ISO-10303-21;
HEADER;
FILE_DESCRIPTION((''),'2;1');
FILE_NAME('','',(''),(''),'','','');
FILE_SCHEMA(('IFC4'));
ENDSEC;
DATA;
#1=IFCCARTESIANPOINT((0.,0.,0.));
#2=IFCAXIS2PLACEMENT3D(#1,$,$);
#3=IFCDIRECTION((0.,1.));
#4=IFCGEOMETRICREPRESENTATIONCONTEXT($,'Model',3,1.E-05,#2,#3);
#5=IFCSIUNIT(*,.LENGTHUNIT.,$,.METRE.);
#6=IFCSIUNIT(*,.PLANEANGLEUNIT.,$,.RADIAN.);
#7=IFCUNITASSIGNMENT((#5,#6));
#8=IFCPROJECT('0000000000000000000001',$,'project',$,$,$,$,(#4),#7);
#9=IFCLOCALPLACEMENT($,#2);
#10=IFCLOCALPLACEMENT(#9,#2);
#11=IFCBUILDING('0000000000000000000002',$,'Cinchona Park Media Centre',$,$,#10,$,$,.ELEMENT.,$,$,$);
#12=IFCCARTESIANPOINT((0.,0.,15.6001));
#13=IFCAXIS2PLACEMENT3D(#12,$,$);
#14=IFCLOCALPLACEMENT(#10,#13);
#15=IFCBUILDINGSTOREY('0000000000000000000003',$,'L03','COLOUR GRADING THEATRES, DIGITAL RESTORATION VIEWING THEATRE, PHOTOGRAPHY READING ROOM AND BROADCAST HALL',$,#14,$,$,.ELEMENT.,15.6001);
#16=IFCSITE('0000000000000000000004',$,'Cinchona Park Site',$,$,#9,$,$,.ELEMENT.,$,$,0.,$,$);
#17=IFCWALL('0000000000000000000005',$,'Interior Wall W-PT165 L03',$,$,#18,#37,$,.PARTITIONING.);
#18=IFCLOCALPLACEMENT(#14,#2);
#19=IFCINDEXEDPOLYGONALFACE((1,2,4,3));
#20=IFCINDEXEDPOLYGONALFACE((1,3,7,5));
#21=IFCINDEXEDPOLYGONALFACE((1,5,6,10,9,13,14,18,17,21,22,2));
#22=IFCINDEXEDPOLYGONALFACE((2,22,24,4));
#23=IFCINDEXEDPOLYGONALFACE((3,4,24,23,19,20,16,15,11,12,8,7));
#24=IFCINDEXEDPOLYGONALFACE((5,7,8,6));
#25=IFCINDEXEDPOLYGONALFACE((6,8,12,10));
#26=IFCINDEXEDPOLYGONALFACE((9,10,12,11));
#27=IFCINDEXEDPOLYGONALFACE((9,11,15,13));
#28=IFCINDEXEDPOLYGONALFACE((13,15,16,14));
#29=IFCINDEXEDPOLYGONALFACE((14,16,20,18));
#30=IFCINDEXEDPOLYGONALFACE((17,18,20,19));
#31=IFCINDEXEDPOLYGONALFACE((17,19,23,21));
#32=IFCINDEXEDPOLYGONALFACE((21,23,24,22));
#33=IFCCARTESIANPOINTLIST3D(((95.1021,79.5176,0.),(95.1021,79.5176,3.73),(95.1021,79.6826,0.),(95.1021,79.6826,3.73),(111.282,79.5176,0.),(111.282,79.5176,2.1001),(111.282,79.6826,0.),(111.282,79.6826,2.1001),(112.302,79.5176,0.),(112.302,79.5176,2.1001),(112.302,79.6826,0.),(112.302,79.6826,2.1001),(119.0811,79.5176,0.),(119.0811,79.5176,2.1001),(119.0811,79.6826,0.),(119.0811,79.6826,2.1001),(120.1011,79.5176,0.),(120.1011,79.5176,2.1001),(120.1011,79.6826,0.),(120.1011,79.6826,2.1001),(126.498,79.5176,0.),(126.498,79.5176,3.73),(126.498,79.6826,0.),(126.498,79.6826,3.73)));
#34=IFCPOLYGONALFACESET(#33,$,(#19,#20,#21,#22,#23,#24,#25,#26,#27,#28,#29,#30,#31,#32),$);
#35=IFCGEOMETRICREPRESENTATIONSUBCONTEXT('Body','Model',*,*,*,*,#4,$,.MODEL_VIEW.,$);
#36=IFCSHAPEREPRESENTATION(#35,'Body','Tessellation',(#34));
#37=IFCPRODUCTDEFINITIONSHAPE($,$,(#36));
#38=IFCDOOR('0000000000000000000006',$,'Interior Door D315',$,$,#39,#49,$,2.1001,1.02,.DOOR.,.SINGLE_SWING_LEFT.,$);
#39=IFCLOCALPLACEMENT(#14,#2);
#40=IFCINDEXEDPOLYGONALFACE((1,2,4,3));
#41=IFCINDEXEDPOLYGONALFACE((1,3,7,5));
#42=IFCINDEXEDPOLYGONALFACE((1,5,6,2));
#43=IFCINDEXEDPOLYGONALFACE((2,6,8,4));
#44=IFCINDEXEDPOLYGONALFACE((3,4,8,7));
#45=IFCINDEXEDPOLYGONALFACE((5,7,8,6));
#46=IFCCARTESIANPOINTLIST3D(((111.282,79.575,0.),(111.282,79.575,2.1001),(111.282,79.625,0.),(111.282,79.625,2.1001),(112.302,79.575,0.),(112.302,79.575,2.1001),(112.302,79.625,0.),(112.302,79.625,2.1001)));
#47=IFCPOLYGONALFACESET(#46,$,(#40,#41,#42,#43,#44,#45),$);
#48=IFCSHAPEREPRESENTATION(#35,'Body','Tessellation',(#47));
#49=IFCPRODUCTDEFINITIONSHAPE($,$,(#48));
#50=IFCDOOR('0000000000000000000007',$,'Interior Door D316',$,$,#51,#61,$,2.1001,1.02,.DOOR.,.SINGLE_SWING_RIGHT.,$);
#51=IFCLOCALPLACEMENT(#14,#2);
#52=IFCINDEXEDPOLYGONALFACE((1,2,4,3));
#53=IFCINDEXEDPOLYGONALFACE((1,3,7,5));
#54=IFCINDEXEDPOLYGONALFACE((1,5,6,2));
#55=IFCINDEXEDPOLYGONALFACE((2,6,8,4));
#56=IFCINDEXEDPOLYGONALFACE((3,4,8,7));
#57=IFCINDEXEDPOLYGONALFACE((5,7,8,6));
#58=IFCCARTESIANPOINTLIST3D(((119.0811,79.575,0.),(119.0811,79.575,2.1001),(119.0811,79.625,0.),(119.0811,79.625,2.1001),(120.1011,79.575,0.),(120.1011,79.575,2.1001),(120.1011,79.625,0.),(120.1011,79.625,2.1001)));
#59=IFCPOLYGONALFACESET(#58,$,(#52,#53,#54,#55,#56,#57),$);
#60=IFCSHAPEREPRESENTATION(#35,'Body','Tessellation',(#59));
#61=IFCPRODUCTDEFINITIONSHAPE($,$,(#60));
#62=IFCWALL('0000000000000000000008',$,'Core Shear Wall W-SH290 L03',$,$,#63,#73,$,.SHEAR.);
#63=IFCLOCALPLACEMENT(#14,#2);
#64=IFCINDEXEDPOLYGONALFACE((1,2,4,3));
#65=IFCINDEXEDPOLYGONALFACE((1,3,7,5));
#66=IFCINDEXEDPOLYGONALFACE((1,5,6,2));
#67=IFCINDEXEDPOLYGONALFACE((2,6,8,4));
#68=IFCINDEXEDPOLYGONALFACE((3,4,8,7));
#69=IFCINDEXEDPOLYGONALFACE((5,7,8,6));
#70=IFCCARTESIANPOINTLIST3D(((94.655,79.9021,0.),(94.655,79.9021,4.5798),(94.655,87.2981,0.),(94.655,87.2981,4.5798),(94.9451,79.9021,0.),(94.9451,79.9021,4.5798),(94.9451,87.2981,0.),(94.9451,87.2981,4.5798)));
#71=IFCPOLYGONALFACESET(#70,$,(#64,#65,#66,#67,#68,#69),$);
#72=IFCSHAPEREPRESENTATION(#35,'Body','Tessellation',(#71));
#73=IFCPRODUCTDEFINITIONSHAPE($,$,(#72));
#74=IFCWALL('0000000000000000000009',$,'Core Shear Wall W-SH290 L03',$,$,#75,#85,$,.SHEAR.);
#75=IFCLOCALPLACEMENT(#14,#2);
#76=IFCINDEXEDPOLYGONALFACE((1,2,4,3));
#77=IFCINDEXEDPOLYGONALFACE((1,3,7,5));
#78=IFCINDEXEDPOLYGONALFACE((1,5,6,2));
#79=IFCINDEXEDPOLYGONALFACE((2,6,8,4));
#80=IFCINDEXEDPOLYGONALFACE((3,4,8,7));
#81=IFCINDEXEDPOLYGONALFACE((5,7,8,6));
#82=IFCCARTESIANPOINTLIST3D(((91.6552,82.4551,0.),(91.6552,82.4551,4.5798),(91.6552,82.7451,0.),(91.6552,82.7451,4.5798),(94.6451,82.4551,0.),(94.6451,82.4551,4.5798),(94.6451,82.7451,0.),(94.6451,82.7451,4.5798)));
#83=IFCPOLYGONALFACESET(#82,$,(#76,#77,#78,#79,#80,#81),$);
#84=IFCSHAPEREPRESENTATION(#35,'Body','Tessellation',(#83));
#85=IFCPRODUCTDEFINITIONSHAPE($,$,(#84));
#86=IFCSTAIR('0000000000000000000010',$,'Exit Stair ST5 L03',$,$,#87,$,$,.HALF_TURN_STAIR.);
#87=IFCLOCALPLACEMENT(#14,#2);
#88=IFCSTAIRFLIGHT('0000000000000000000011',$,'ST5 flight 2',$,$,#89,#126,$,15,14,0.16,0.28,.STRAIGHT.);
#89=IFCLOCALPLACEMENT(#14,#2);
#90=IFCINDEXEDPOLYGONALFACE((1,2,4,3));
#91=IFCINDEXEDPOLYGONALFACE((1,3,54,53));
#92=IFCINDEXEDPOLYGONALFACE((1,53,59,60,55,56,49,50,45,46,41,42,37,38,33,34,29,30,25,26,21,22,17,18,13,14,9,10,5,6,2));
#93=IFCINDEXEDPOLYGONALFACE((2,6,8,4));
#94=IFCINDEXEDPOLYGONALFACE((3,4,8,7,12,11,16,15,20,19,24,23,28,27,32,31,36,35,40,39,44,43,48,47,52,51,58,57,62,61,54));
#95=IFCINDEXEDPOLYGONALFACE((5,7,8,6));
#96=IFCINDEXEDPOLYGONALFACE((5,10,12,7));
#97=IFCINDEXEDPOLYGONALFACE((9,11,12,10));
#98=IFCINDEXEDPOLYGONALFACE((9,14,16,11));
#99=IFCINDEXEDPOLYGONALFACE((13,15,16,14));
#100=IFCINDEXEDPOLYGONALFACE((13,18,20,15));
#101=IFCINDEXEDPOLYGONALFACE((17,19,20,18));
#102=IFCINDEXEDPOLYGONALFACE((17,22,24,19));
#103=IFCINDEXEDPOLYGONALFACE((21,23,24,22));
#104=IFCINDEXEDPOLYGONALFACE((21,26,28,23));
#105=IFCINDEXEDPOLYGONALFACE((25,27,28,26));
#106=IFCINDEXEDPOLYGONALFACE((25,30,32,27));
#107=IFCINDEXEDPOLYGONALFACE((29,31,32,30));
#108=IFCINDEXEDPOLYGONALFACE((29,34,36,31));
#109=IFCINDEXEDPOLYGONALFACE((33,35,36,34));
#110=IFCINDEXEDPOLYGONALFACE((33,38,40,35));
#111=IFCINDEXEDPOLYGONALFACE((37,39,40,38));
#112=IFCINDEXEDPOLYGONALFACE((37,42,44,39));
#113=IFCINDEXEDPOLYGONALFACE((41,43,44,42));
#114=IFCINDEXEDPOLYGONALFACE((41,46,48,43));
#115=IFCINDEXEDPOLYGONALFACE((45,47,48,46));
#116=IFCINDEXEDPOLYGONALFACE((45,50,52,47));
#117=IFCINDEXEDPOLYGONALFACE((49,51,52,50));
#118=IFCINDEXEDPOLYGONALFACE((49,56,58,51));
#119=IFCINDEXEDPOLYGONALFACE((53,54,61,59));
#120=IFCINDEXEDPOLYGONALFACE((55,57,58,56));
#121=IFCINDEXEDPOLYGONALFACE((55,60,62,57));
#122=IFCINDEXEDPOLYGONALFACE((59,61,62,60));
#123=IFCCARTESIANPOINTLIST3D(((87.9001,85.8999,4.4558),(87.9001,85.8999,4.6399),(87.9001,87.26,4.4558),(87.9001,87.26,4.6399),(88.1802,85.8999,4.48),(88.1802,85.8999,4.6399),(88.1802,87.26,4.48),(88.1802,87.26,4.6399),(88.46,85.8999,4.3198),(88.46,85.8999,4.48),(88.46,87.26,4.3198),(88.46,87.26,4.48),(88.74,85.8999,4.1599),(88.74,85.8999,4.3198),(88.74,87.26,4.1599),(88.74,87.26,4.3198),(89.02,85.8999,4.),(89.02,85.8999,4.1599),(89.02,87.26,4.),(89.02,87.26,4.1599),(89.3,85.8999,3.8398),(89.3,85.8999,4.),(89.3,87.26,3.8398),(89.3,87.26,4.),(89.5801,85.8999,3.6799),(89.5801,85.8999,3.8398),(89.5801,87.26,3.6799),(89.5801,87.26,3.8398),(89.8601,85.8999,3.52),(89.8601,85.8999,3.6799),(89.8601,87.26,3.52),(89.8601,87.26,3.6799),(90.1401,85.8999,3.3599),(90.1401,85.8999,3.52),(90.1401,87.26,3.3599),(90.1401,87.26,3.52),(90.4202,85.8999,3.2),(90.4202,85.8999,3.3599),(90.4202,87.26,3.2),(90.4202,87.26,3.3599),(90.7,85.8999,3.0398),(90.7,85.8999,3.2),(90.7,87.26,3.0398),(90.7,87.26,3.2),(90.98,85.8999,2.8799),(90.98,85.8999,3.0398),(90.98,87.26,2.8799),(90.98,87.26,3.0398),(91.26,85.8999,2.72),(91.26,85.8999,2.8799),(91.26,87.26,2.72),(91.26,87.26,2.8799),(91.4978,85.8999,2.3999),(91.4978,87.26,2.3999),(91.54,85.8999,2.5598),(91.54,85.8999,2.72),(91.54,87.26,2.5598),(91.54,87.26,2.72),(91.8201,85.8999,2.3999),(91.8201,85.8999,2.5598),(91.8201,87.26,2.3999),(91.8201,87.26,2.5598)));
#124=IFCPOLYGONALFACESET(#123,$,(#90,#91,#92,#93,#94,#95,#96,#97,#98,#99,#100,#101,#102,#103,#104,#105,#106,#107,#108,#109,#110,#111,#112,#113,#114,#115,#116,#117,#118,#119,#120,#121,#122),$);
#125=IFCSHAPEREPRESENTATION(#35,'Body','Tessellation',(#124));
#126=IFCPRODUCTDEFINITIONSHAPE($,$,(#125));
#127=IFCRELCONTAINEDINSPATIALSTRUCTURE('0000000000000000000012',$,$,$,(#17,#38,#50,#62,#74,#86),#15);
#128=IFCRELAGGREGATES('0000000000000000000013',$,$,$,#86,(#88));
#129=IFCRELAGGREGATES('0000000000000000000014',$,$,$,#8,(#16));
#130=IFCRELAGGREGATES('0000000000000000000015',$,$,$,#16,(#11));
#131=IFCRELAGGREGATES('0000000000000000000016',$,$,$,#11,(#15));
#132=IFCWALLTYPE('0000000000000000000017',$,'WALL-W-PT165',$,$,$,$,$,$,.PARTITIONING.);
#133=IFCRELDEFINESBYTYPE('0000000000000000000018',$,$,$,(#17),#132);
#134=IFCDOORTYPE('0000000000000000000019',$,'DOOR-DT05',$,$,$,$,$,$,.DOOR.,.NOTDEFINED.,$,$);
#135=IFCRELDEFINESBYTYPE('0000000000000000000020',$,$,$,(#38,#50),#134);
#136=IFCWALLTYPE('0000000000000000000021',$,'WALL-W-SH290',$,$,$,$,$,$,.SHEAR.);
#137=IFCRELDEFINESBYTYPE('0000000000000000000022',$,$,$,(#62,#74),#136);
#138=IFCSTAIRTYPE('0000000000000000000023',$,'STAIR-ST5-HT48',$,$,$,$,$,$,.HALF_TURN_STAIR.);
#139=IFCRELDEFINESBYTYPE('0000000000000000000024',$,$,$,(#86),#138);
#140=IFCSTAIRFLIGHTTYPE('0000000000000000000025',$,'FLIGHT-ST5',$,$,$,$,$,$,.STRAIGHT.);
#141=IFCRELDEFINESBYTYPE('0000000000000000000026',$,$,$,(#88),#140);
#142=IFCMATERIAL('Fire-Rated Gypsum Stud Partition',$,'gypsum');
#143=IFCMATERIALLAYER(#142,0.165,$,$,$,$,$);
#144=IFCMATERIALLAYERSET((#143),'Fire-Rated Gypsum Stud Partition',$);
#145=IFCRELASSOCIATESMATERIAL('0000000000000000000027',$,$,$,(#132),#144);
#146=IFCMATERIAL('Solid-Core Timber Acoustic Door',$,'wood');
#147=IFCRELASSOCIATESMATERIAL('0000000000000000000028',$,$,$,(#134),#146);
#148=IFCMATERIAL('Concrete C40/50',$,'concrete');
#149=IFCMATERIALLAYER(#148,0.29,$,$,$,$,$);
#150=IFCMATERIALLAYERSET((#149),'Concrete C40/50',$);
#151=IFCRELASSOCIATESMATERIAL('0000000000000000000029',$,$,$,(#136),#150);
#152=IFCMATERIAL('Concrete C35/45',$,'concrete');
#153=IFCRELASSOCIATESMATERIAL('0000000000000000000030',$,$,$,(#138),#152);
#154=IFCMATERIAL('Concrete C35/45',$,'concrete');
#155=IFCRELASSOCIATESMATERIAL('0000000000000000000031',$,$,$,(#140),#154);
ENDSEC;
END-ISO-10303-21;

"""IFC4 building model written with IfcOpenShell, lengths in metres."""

from ifc_helpers import new_model, si_unit, direction, frame, frame_2d, origin, place, context, subcontext, project, spatial, polyline, rectangle, outline, extrude, material, layer, layer_set, type_object, element, fill, aggregate, save


model = new_model("IFC4")

# Units and contexts
model_context = context("Model", 3, precision=1e-05, world=origin(), true_north=direction((0.0, 1.0)))
body_context = subcontext(model_context, "Body", "Model", "MODEL_VIEW")
ifc_project = project(units=[si_unit("LENGTHUNIT", "METRE"), si_unit("PLANEANGLEUNIT", "RADIAN")], contexts=[model_context])

# Site, building, storey
site_placement = place(None, origin())
site = spatial("IfcSite", under=ifc_project, at=site_placement, Name="Cinchona Park Site", CompositionType="ELEMENT", RefElevation=0.0)
building_placement = place(site_placement, origin())
building = spatial("IfcBuilding", under=site, at=building_placement, Name="Cinchona Park Media Centre", CompositionType="ELEMENT")
storey_placement = place(building_placement, frame((0.0, 0.0, 15.6001)))
storey = spatial("IfcBuildingStorey", under=building, at=storey_placement, Name="L03", Description="COLOUR GRADING THEATRES, DIGITAL RESTORATION VIEWING THEATRE, PHOTOGRAPHY READING ROOM AND BROADCAST HALL", CompositionType="ELEMENT", Elevation=15.6001)

# Wall, openings, doors
ifc_material_1 = material(Name="Fire-Rated Gypsum Stud Partition", Category="gypsum")
ifc_layer_1 = layer(ifc_material_1, 0.165)
ifc_layer_set_1 = layer_set([ifc_layer_1], Name="Fire-Rated Gypsum Stud Partition")
wall_type_1 = type_object("IfcWallType", Name="WALL-W-PT165", PredefinedType="PARTITIONING", material=ifc_layer_set_1)
wall_1_placement = place(storey_placement, frame((95.1021, 79.6001, 0.0), z_axis=(0.0, 0.0, 1.0), x_axis=(1.0, 0.0, 0.0)))
wall_1 = element("IfcWall", 1, at=wall_1_placement, inside=storey, type_object=wall_type_1, Name="Interior Wall W-PT165 L03", PredefinedType="PARTITIONING", context=body_context, shape_type="SweptSolid", body=[
    extrude(rectangle(XDim=31.396, YDim=0.165, at=frame_2d((15.698, 0.0))), origin(), (0.0, 0.0, 1.0), 3.73),
])
opening_1_placement = place(wall_1_placement, frame((16.1799, 0.0, 0.0)))
opening_1 = element("IfcOpeningElement", 2, at=opening_1_placement, cuts=wall_1, PredefinedType="OPENING", context=body_context, shape_type="SweptSolid", body=[
    extrude(rectangle(XDim=1.02, YDim=2.1001, at=frame_2d((0.51, 1.05))), frame((0.0, 0.0925, 0.0), z_axis=(0.0, -1.0, 0.0), x_axis=(1.0, 0.0, 0.0)), (0.0, 0.0, 1.0), 0.1851),
])
opening_2_placement = place(wall_1_placement, frame((23.979, 0.0, 0.0)))
opening_2 = element("IfcOpeningElement", 3, at=opening_2_placement, cuts=wall_1, PredefinedType="OPENING", context=body_context, shape_type="SweptSolid", body=[
    extrude(rectangle(XDim=1.02, YDim=2.1001, at=frame_2d((0.51, 1.05))), frame((0.0, 0.0925, 0.0), z_axis=(0.0, -1.0, 0.0), x_axis=(1.0, 0.0, 0.0)), (0.0, 0.0, 1.0), 0.1851),
])
ifc_material_2 = material(Name="Solid-Core Timber Acoustic Door", Category="wood")
door_type_1 = type_object("IfcDoorType", Name="DOOR-DT05", OperationType="NOTDEFINED", PredefinedType="DOOR", material=ifc_material_2)
door_1_placement = place(opening_1_placement, origin())
door_1 = element("IfcDoor", 4, at=door_1_placement, inside=storey, type_object=door_type_1, Name="Interior Door D315", OperationType="SINGLE_SWING_LEFT", OverallHeight=2.1001, OverallWidth=1.02, PredefinedType="DOOR", context=body_context, shape_type="SweptSolid", body=[
    extrude(rectangle(XDim=1.02, YDim=2.1001, at=frame_2d((0.51, 1.05))), frame((0.0, 0.0249, 0.0), z_axis=(0.0, -1.0, 0.0), x_axis=(1.0, 0.0, 0.0)), (0.0, 0.0, 1.0), 0.05),
])
fill(opening_1, door_1)
door_2_placement = place(opening_2_placement, origin())
door_2 = element("IfcDoor", 5, at=door_2_placement, inside=storey, type_object=door_type_1, Name="Interior Door D316", OperationType="SINGLE_SWING_RIGHT", OverallHeight=2.1001, OverallWidth=1.02, PredefinedType="DOOR", context=body_context, shape_type="SweptSolid", body=[
    extrude(rectangle(XDim=1.02, YDim=2.1001, at=frame_2d((0.51, 1.05))), frame((0.0, 0.0249, 0.0), z_axis=(0.0, -1.0, 0.0), x_axis=(1.0, 0.0, 0.0)), (0.0, 0.0, 1.0), 0.05),
])
fill(opening_2, door_2)

# Walls
ifc_material_3 = material(Name="Concrete C40/50", Category="concrete")
ifc_layer_2 = layer(ifc_material_3, 0.29)
ifc_layer_set_2 = layer_set([ifc_layer_2], Name="Concrete C40/50")
wall_type_2 = type_object("IfcWallType", Name="WALL-W-SH290", PredefinedType="SHEAR", material=ifc_layer_set_2)
wall_2_placement = place(storey_placement, frame((94.8, 79.9021, 0.0), z_axis=(0.0, 0.0, 1.0), x_axis=(0.0, 1.0, 0.0)))
element("IfcWall", 6, at=wall_2_placement, inside=storey, type_object=wall_type_2, Name="Core Shear Wall W-SH290 L03", PredefinedType="SHEAR", context=body_context, shape_type="SweptSolid", body=[
    extrude(rectangle(XDim=7.396, YDim=0.29, at=frame_2d((3.698, 0.0))), origin(), (0.0, 0.0, 1.0), 4.5798),
])
wall_3_placement = place(storey_placement, frame((91.655, 82.6001, 0.0), z_axis=(0.0, 0.0, 1.0), x_axis=(1.0, 0.0, 0.0)))
element("IfcWall", 7, at=wall_3_placement, inside=storey, type_object=wall_type_2, Name="Core Shear Wall W-SH290 L03", PredefinedType="SHEAR", context=body_context, shape_type="SweptSolid", body=[
    extrude(rectangle(XDim=2.99, YDim=0.29, at=frame_2d((1.4951, 0.0))), origin(), (0.0, 0.0, 1.0), 4.5798),
])

# Stair, stair flight
ifc_material_4 = material(Name="Concrete C35/45", Category="concrete")
stair_type = type_object("IfcStairType", Name="STAIR-ST5-HT48", PredefinedType="HALF_TURN_STAIR", material=ifc_material_4)
stair_placement = place(storey_placement, origin())
stair = element("IfcStair", 8, at=stair_placement, inside=storey, type_object=stair_type, Name="Exit Stair ST5 L03", PredefinedType="HALF_TURN_STAIR")
ifc_material_5 = material(Name="Concrete C35/45", Category="concrete")
stair_flight_type = type_object("IfcStairFlightType", Name="FLIGHT-ST5", PredefinedType="STRAIGHT", material=ifc_material_5)
stair_flight_placement = place(storey_placement, frame((91.8201, 86.5801, 2.3999), z_axis=(0.0, 0.0, 1.0), x_axis=(-1.0, 0.0, 0.0)))
stair_flight = element("IfcStairFlight", 9, at=stair_flight_placement, type_object=stair_flight_type, Name="ST5 flight 2", NumberOfRisers=15, NumberOfTreads=14, PredefinedType="STRAIGHT", RiserHeight=0.16, TreadLength=0.28, context=body_context, shape_type="SweptSolid", body=[
    extrude(outline(polyline([(0.0, 0.0), (0.0, 0.1599), (0.28, 0.1599), (0.28, 0.3201), (0.5601, 0.3201), (0.5601, 0.48), (0.8401, 0.48), (0.8401, 0.6399), (1.1201, 0.6399), (1.1201, 0.8), (1.3999, 0.8), (1.3999, 0.96), (1.6799, 0.96), (1.6799, 1.1201), (1.96, 1.1201), (1.96, 1.28), (2.24, 1.28), (2.24, 1.4399), (2.52, 1.4399), (2.52, 1.6001), (2.8, 1.6001), (2.8, 1.76), (3.0801, 1.76), (3.0801, 1.9199), (3.3601, 1.9199), (3.3601, 2.0801), (3.6399, 2.0801), (3.6399, 2.24), (3.9199, 2.24), (3.9199, 2.3999), (3.9199, 2.0559), (0.3223, 0.0), (0.0, 0.0)])), frame((0.0, 0.6802, 0.0), z_axis=(0.0, -1.0, 0.0), x_axis=(1.0, 0.0, 0.0)), (0.0, 0.0, 1.0), 1.3601),
])
aggregate(stair, [stair_flight])

save(model, "model.ifc")
